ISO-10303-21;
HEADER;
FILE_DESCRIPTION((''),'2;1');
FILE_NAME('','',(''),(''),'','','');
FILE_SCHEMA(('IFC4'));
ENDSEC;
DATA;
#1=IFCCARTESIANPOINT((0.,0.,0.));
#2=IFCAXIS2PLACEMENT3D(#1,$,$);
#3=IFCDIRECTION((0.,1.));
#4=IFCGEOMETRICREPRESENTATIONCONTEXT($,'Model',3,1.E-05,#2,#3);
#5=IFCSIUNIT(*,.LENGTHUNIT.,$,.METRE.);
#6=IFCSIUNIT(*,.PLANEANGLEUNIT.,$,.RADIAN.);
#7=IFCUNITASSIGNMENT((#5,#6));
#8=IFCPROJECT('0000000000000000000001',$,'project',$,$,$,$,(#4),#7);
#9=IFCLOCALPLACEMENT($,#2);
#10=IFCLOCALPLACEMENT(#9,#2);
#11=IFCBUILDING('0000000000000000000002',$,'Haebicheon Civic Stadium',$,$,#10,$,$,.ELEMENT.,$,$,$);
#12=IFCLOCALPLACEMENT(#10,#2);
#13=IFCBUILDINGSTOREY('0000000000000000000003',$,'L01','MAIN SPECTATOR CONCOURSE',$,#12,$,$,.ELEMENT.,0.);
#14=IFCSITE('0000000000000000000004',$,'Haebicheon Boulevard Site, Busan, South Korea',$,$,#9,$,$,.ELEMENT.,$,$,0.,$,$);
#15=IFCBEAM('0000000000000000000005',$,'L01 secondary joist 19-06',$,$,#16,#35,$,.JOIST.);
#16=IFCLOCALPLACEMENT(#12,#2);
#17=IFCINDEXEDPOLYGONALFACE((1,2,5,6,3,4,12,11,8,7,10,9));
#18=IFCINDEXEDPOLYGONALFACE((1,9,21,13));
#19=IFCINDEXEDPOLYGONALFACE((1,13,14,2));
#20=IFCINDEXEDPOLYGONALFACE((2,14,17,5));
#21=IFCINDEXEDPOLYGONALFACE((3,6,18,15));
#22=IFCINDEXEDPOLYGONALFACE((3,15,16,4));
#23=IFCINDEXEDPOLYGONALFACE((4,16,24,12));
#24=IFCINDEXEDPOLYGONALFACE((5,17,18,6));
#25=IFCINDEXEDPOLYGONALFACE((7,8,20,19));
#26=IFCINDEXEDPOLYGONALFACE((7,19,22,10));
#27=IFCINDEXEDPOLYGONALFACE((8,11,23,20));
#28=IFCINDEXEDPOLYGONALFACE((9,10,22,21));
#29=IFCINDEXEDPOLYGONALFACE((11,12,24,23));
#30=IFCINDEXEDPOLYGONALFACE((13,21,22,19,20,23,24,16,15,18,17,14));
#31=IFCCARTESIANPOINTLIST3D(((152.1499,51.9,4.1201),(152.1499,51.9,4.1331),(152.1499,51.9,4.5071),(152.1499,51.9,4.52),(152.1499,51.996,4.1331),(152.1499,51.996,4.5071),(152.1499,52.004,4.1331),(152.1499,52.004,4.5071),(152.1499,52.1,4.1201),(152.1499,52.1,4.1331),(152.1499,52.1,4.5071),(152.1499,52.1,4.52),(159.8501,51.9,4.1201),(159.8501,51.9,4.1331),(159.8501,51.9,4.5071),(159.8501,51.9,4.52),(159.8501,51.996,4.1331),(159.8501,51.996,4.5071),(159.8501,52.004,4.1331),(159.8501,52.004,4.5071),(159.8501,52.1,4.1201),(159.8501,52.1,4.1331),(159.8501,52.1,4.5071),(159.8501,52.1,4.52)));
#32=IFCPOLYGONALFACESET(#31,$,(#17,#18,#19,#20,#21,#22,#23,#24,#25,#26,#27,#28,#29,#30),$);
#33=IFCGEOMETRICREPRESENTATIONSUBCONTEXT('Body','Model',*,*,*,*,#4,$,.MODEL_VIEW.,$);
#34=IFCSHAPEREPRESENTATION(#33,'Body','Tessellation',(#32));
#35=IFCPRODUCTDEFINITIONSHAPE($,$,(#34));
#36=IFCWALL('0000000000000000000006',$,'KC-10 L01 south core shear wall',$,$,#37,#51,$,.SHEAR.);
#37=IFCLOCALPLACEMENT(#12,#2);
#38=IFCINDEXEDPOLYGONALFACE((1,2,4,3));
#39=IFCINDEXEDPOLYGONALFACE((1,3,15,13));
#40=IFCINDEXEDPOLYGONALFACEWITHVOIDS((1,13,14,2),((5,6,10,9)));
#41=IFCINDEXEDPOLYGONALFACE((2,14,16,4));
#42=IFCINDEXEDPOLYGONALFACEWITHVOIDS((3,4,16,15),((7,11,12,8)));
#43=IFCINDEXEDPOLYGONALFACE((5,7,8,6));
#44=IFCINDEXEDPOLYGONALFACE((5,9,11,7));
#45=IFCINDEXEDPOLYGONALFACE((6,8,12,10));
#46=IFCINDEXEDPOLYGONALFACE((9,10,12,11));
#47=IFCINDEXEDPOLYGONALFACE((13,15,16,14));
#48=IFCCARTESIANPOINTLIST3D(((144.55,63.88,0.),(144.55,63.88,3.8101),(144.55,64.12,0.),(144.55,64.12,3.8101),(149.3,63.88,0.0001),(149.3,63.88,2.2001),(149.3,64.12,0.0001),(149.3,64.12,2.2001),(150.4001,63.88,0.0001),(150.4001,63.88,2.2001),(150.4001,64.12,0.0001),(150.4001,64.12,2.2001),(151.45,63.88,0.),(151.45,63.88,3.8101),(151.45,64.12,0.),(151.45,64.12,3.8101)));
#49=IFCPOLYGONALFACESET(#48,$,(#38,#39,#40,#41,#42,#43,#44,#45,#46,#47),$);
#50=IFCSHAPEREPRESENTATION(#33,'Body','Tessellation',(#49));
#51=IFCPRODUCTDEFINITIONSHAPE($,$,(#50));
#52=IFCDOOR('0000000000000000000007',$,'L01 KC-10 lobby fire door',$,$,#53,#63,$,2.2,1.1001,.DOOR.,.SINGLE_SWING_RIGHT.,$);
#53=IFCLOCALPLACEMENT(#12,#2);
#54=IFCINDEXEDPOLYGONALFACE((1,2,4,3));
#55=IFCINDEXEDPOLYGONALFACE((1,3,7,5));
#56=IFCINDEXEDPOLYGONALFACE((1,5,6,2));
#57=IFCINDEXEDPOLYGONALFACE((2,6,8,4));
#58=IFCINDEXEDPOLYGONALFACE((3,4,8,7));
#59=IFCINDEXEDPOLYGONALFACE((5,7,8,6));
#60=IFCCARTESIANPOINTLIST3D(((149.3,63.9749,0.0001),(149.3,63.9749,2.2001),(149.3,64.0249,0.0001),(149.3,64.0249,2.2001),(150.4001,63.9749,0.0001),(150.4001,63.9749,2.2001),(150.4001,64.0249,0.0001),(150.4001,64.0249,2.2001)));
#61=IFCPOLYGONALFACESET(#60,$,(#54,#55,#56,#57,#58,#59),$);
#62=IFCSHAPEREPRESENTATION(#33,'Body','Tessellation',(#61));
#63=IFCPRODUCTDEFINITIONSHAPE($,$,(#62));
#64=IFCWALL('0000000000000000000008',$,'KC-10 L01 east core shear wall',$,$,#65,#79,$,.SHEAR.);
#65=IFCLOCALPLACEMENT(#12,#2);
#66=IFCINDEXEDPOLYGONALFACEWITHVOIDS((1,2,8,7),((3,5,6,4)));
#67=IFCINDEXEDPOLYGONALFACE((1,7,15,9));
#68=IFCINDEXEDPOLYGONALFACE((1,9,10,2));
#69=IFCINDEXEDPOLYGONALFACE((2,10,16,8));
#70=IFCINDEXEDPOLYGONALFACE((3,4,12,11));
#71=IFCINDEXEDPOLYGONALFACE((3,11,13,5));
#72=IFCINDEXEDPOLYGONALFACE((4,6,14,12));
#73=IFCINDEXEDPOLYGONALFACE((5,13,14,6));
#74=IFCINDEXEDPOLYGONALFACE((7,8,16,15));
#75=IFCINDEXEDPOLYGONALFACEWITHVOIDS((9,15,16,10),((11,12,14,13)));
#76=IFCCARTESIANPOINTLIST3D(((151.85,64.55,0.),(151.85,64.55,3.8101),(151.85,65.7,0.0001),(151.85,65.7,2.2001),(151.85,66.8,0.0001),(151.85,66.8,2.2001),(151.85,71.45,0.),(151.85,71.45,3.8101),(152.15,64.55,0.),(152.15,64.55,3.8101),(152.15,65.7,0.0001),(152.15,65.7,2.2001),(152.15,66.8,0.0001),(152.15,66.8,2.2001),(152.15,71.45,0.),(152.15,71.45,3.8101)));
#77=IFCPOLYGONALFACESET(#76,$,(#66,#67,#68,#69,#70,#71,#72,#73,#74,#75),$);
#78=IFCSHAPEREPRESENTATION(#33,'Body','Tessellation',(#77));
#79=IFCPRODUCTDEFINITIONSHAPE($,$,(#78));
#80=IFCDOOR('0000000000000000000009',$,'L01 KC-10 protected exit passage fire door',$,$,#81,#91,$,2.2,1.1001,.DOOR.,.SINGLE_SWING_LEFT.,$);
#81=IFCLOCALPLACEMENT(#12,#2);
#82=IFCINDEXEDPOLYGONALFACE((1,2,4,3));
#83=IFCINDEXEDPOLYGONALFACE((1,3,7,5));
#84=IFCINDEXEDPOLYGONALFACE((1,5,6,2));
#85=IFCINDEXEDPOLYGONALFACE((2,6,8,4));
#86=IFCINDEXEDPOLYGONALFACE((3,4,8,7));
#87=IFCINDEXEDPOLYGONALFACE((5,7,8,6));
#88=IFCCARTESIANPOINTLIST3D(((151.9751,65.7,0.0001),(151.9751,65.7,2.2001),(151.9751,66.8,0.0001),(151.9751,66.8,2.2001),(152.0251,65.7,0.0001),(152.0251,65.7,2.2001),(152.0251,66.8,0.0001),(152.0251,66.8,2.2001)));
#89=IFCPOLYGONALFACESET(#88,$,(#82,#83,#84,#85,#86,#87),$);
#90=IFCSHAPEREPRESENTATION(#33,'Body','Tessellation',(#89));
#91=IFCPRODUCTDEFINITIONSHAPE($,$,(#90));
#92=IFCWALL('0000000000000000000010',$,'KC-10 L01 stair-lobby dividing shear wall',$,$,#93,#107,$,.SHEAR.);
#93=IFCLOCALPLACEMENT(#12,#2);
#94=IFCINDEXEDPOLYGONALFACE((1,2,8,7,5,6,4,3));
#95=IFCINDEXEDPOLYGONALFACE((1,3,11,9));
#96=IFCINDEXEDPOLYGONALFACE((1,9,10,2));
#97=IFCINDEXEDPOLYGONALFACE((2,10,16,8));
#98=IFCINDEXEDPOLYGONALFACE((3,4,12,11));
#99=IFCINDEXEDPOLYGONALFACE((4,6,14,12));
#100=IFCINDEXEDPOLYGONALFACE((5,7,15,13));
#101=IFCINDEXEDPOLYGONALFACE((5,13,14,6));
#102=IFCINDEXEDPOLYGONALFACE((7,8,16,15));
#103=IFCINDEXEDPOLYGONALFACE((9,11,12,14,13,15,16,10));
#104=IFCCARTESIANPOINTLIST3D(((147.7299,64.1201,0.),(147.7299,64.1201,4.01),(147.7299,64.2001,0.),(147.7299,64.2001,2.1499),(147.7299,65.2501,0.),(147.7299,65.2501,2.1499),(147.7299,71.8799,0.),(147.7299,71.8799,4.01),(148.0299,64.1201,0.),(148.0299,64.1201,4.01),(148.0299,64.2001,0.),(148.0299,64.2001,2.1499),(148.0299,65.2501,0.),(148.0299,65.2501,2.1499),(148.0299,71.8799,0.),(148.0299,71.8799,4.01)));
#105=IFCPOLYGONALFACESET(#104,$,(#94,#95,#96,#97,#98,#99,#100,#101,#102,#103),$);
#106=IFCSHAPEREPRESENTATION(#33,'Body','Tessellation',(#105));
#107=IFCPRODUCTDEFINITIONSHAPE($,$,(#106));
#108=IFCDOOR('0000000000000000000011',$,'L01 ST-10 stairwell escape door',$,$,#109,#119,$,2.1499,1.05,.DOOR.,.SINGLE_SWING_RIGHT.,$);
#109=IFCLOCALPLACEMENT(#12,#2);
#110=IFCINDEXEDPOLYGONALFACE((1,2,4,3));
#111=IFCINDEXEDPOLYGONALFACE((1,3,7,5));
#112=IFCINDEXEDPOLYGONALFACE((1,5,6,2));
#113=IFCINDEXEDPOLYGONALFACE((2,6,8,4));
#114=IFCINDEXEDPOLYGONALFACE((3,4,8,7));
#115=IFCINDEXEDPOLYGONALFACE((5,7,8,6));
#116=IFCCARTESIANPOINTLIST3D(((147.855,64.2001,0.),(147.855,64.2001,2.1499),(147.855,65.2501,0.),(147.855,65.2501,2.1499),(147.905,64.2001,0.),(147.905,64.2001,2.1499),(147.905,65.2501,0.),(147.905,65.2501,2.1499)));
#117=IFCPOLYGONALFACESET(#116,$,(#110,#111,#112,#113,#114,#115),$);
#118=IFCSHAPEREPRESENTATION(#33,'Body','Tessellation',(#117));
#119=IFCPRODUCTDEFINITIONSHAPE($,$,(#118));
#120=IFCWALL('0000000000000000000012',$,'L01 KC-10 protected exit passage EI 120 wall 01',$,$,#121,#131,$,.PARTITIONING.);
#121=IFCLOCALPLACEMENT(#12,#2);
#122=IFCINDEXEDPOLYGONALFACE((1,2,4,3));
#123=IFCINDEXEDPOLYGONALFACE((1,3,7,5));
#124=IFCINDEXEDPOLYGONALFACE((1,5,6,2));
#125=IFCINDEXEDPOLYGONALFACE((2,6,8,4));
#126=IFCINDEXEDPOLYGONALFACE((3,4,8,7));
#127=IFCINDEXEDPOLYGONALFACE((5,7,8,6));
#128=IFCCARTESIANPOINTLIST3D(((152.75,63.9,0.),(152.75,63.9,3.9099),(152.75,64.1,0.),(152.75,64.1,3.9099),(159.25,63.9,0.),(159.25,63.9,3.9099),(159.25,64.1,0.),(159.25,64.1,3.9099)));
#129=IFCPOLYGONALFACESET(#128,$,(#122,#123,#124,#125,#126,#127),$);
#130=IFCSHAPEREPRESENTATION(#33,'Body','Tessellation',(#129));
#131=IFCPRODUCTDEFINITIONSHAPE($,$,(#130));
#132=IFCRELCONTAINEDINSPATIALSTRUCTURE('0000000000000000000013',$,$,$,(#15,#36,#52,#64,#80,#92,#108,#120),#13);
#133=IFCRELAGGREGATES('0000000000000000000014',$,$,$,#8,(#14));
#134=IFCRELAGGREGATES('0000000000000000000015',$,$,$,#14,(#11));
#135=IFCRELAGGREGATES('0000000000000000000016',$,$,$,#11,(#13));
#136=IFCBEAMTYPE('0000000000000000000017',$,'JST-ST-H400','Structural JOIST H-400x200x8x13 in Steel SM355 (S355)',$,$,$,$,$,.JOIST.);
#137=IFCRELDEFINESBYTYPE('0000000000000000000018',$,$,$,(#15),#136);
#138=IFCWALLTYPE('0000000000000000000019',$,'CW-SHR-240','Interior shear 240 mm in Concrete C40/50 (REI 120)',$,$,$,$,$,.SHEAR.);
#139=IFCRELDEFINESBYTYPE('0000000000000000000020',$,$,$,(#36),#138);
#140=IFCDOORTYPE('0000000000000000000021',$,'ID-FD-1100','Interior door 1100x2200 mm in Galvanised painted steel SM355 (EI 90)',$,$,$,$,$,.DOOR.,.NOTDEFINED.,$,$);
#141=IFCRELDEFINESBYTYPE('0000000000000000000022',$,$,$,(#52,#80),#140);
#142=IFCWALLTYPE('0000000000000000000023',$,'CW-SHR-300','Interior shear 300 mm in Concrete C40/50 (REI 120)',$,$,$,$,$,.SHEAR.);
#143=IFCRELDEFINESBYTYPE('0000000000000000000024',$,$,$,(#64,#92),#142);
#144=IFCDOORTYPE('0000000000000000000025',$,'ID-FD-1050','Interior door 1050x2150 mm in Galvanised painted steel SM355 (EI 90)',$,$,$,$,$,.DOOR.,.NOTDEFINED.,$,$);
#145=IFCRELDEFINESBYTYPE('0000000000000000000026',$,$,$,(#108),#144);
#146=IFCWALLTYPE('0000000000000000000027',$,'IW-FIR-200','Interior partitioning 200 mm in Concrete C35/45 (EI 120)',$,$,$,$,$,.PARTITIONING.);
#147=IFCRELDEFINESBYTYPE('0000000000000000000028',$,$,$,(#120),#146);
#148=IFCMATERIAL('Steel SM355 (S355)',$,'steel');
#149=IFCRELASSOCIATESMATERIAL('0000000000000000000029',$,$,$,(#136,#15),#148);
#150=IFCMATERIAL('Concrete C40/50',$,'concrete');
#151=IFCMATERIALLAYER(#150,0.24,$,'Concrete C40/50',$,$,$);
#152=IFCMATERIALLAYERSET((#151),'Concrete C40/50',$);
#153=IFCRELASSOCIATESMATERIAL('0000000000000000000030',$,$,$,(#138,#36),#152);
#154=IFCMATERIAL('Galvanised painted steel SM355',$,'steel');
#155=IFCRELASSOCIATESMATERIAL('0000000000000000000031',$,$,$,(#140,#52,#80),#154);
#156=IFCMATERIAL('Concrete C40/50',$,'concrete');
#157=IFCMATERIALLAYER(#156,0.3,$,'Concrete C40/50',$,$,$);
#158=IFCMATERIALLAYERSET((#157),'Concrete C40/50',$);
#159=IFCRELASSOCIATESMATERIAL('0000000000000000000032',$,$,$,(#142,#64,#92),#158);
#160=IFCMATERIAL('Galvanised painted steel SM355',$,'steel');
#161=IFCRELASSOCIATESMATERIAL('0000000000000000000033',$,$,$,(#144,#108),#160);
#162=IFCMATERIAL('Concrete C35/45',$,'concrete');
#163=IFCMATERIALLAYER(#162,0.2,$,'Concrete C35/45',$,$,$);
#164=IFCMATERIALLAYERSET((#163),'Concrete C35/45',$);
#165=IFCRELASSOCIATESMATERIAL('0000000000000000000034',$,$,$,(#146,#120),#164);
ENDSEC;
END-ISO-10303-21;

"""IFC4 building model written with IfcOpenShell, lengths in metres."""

from ifc_helpers import new_model, si_unit, direction, frame, frame_2d, origin, origin_2d, place, context, subcontext, project, spatial, rectangle, i_section, extrude, material, layer, layer_set, material_profile, profile_set, type_object, element, fill, save


model = new_model("IFC4")

# Units and contexts
model_context = context("Model", 3, precision=1e-05, world=origin(), true_north=direction((0.0, 1.0)))
body_context = subcontext(model_context, "Body", "Model", "MODEL_VIEW")
ifc_project = project(units=[si_unit("LENGTHUNIT", "METRE"), si_unit("PLANEANGLEUNIT", "RADIAN")], contexts=[model_context])

# Site, building, storey
site_placement = place(None, origin())
site = spatial("IfcSite", under=ifc_project, at=site_placement, Name="Haebicheon Boulevard Site, Busan, South Korea", CompositionType="ELEMENT", RefElevation=0.0)
building_placement = place(site_placement, origin())
building = spatial("IfcBuilding", under=site, at=building_placement, Name="Haebicheon Civic Stadium", CompositionType="ELEMENT")
storey_placement = place(building_placement, origin())
storey = spatial("IfcBuildingStorey", under=building, at=storey_placement, Name="L01", Description="MAIN SPECTATOR CONCOURSE", CompositionType="ELEMENT", Elevation=0.0)

# Beam
ifc_material_1 = material(Name="Steel SM355 (S355)", Category="steel")
ifc_material_profile_1 = material_profile(ifc_material_1, i_section(OverallWidth=0.2, OverallDepth=0.3999, WebThickness=0.0081, FlangeThickness=0.0129, at=origin_2d()), Name="H-400x200x8x13")
ifc_profile_set_1 = profile_set([ifc_material_profile_1], Name="Steel SM355 (S355)")
beam_type_1 = type_object("IfcBeamType", Name="JST-ST-H400", Description="Structural JOIST H-400x200x8x13 in Steel SM355 (S355)", PredefinedType="JOIST", material=ifc_profile_set_1)
beam_1_placement = place(storey_placement, frame((152.1499, 52.0, 4.3201), z_axis=(1.0, 0.0, 0.0), x_axis=(0.0, 1.0, 0.0)))
element("IfcBeam", 1, at=beam_1_placement, inside=storey, type_object=beam_type_1, material=ifc_profile_set_1, Name="L01 secondary joist 19-06", PredefinedType="JOIST", context=body_context, shape_type="SweptSolid", body=[
    extrude(i_section(OverallWidth=0.2, OverallDepth=0.3999, WebThickness=0.0081, FlangeThickness=0.0129, at=origin_2d()), origin(), (0.0, 0.0, 1.0), 7.7002),
])

# Walls, openings, doors
ifc_material_2 = material(Name="Concrete C40/50", Category="concrete")
ifc_layer_1 = layer(ifc_material_2, 0.24, Name="Concrete C40/50")
ifc_layer_set_1 = layer_set([ifc_layer_1], Name="Concrete C40/50")
wall_type_1 = type_object("IfcWallType", Name="CW-SHR-240", Description="Interior shear 240 mm in Concrete C40/50 (REI 120)", PredefinedType="SHEAR", material=ifc_layer_set_1)
wall_1_placement = place(storey_placement, frame((144.55, 64.0, 0.0), z_axis=(0.0, 0.0, 1.0), x_axis=(1.0, 0.0, 0.0)))
wall_1 = element("IfcWall", 2, at=wall_1_placement, inside=storey, type_object=wall_type_1, material=ifc_layer_set_1, Name="KC-10 L01 south core shear wall", PredefinedType="SHEAR", context=body_context, shape_type="SweptSolid", body=[
    extrude(rectangle(XDim=6.8999, YDim=0.24, at=frame_2d((3.45, 0.0))), origin(), (0.0, 0.0, 1.0), 3.8101),
])
opening_1_placement = place(wall_1_placement, frame((4.75, 0.0, 0.0)))
opening_1 = element("IfcOpeningElement", 3, at=opening_1_placement, cuts=wall_1, PredefinedType="OPENING", context=body_context, shape_type="SweptSolid", body=[
    extrude(rectangle(XDim=1.1001, YDim=2.2, at=frame_2d((0.55, 1.1001))), frame((0.0, 0.1299, 0.0), z_axis=(0.0, -1.0, 0.0), x_axis=(1.0, 0.0, 0.0)), (0.0, 0.0, 1.0), 0.26),
])
ifc_material_3 = material(Name="Galvanised painted steel SM355", Category="steel")
door_type_1 = type_object("IfcDoorType", Name="ID-FD-1100", Description="Interior door 1100x2200 mm in Galvanised painted steel SM355 (EI 90)", OperationType="NOTDEFINED", PredefinedType="DOOR", material=ifc_material_3)
door_1_placement = place(opening_1_placement, origin())
door_1 = element("IfcDoor", 4, at=door_1_placement, inside=storey, type_object=door_type_1, material=ifc_material_3, Name="L01 KC-10 lobby fire door", OperationType="SINGLE_SWING_RIGHT", OverallHeight=2.2, OverallWidth=1.1001, PredefinedType="DOOR", context=body_context, shape_type="SweptSolid", body=[
    extrude(rectangle(XDim=1.1001, YDim=2.2, at=frame_2d((0.55, 1.1001))), frame((0.0, 0.0249, 0.0), z_axis=(0.0, -1.0, 0.0), x_axis=(1.0, 0.0, 0.0)), (0.0, 0.0, 1.0), 0.05),
])
fill(opening_1, door_1)
ifc_material_4 = material(Name="Concrete C40/50", Category="concrete")
ifc_layer_2 = layer(ifc_material_4, 0.3, Name="Concrete C40/50")
ifc_layer_set_2 = layer_set([ifc_layer_2], Name="Concrete C40/50")
wall_type_2 = type_object("IfcWallType", Name="CW-SHR-300", Description="Interior shear 300 mm in Concrete C40/50 (REI 120)", PredefinedType="SHEAR", material=ifc_layer_set_2)
wall_2_placement = place(storey_placement, frame((152.0, 64.55, 0.0), z_axis=(0.0, 0.0, 1.0), x_axis=(0.0, 1.0, 0.0)))
wall_2 = element("IfcWall", 5, at=wall_2_placement, inside=storey, type_object=wall_type_2, material=ifc_layer_set_2, Name="KC-10 L01 east core shear wall", PredefinedType="SHEAR", context=body_context, shape_type="SweptSolid", body=[
    extrude(rectangle(XDim=6.8999, YDim=0.3, at=frame_2d((3.45, 0.0))), origin(), (0.0, 0.0, 1.0), 3.8101),
])
opening_2_placement = place(wall_2_placement, frame((1.1499, 0.0, 0.0)))
opening_2 = element("IfcOpeningElement", 6, at=opening_2_placement, cuts=wall_2, PredefinedType="OPENING", context=body_context, shape_type="SweptSolid", body=[
    extrude(rectangle(XDim=1.1001, YDim=2.2, at=frame_2d((0.55, 1.1001))), frame((0.0, 0.1599, 0.0), z_axis=(0.0, -1.0, 0.0), x_axis=(1.0, 0.0, 0.0)), (0.0, 0.0, 1.0), 0.3201),
])
door_2_placement = place(opening_2_placement, origin())
door_2 = element("IfcDoor", 7, at=door_2_placement, inside=storey, type_object=door_type_1, material=ifc_material_3, Name="L01 KC-10 protected exit passage fire door", OperationType="SINGLE_SWING_LEFT", OverallHeight=2.2, OverallWidth=1.1001, PredefinedType="DOOR", context=body_context, shape_type="SweptSolid", body=[
    extrude(rectangle(XDim=1.1001, YDim=2.2, at=frame_2d((0.55, 1.1001))), frame((0.0, 0.0249, 0.0), z_axis=(0.0, -1.0, 0.0), x_axis=(1.0, 0.0, 0.0)), (0.0, 0.0, 1.0), 0.05),
])
fill(opening_2, door_2)
wall_3_placement = place(storey_placement, frame((147.8799, 64.1201, 0.0), z_axis=(0.0, 0.0, 1.0), x_axis=(0.0, 1.0, 0.0)))
wall_3 = element("IfcWall", 8, at=wall_3_placement, inside=storey, type_object=wall_type_2, material=ifc_layer_set_2, Name="KC-10 L01 stair-lobby dividing shear wall", PredefinedType="SHEAR", context=body_context, shape_type="SweptSolid", body=[
    extrude(rectangle(XDim=7.7598, YDim=0.3, at=frame_2d((3.8799, 0.0))), origin(), (0.0, 0.0, 1.0), 4.01),
])
opening_3_placement = place(wall_3_placement, frame((0.0801, 0.0, 0.0)))
opening_3 = element("IfcOpeningElement", 9, at=opening_3_placement, cuts=wall_3, PredefinedType="OPENING", context=body_context, shape_type="SweptSolid", body=[
    extrude(rectangle(XDim=1.05, YDim=2.1499, at=frame_2d((0.5249, 1.075))), frame((0.0, 0.1599, 0.0), z_axis=(0.0, -1.0, 0.0), x_axis=(1.0, 0.0, 0.0)), (0.0, 0.0, 1.0), 0.3201),
])
ifc_material_5 = material(Name="Galvanised painted steel SM355", Category="steel")
door_type_2 = type_object("IfcDoorType", Name="ID-FD-1050", Description="Interior door 1050x2150 mm in Galvanised painted steel SM355 (EI 90)", OperationType="NOTDEFINED", PredefinedType="DOOR", material=ifc_material_5)
door_3_placement = place(opening_3_placement, origin())
door_3 = element("IfcDoor", 10, at=door_3_placement, inside=storey, type_object=door_type_2, material=ifc_material_5, Name="L01 ST-10 stairwell escape door", OperationType="SINGLE_SWING_RIGHT", OverallHeight=2.1499, OverallWidth=1.05, PredefinedType="DOOR", context=body_context, shape_type="SweptSolid", body=[
    extrude(rectangle(XDim=1.05, YDim=2.1499, at=frame_2d((0.5249, 1.075))), frame((0.0, 0.0249, 0.0), z_axis=(0.0, -1.0, 0.0), x_axis=(1.0, 0.0, 0.0)), (0.0, 0.0, 1.0), 0.05),
])
fill(opening_3, door_3)

# Wall
ifc_material_6 = material(Name="Concrete C35/45", Category="concrete")
ifc_layer_3 = layer(ifc_material_6, 0.2, Name="Concrete C35/45")
ifc_layer_set_3 = layer_set([ifc_layer_3], Name="Concrete C35/45")
wall_type_3 = type_object("IfcWallType", Name="IW-FIR-200", Description="Interior partitioning 200 mm in Concrete C35/45 (EI 120)", PredefinedType="PARTITIONING", material=ifc_layer_set_3)
wall_4_placement = place(storey_placement, frame((152.75, 64.0, 0.0), z_axis=(0.0, 0.0, 1.0), x_axis=(1.0, 0.0, 0.0)))
element("IfcWall", 11, at=wall_4_placement, inside=storey, type_object=wall_type_3, material=ifc_layer_set_3, Name="L01 KC-10 protected exit passage EI 120 wall 01", PredefinedType="PARTITIONING", context=body_context, shape_type="SweptSolid", body=[
    extrude(rectangle(XDim=6.5, YDim=0.2, at=frame_2d((3.25, 0.0))), origin(), (0.0, 0.0, 1.0), 3.9099),
])

save(model, "model.ifc")
